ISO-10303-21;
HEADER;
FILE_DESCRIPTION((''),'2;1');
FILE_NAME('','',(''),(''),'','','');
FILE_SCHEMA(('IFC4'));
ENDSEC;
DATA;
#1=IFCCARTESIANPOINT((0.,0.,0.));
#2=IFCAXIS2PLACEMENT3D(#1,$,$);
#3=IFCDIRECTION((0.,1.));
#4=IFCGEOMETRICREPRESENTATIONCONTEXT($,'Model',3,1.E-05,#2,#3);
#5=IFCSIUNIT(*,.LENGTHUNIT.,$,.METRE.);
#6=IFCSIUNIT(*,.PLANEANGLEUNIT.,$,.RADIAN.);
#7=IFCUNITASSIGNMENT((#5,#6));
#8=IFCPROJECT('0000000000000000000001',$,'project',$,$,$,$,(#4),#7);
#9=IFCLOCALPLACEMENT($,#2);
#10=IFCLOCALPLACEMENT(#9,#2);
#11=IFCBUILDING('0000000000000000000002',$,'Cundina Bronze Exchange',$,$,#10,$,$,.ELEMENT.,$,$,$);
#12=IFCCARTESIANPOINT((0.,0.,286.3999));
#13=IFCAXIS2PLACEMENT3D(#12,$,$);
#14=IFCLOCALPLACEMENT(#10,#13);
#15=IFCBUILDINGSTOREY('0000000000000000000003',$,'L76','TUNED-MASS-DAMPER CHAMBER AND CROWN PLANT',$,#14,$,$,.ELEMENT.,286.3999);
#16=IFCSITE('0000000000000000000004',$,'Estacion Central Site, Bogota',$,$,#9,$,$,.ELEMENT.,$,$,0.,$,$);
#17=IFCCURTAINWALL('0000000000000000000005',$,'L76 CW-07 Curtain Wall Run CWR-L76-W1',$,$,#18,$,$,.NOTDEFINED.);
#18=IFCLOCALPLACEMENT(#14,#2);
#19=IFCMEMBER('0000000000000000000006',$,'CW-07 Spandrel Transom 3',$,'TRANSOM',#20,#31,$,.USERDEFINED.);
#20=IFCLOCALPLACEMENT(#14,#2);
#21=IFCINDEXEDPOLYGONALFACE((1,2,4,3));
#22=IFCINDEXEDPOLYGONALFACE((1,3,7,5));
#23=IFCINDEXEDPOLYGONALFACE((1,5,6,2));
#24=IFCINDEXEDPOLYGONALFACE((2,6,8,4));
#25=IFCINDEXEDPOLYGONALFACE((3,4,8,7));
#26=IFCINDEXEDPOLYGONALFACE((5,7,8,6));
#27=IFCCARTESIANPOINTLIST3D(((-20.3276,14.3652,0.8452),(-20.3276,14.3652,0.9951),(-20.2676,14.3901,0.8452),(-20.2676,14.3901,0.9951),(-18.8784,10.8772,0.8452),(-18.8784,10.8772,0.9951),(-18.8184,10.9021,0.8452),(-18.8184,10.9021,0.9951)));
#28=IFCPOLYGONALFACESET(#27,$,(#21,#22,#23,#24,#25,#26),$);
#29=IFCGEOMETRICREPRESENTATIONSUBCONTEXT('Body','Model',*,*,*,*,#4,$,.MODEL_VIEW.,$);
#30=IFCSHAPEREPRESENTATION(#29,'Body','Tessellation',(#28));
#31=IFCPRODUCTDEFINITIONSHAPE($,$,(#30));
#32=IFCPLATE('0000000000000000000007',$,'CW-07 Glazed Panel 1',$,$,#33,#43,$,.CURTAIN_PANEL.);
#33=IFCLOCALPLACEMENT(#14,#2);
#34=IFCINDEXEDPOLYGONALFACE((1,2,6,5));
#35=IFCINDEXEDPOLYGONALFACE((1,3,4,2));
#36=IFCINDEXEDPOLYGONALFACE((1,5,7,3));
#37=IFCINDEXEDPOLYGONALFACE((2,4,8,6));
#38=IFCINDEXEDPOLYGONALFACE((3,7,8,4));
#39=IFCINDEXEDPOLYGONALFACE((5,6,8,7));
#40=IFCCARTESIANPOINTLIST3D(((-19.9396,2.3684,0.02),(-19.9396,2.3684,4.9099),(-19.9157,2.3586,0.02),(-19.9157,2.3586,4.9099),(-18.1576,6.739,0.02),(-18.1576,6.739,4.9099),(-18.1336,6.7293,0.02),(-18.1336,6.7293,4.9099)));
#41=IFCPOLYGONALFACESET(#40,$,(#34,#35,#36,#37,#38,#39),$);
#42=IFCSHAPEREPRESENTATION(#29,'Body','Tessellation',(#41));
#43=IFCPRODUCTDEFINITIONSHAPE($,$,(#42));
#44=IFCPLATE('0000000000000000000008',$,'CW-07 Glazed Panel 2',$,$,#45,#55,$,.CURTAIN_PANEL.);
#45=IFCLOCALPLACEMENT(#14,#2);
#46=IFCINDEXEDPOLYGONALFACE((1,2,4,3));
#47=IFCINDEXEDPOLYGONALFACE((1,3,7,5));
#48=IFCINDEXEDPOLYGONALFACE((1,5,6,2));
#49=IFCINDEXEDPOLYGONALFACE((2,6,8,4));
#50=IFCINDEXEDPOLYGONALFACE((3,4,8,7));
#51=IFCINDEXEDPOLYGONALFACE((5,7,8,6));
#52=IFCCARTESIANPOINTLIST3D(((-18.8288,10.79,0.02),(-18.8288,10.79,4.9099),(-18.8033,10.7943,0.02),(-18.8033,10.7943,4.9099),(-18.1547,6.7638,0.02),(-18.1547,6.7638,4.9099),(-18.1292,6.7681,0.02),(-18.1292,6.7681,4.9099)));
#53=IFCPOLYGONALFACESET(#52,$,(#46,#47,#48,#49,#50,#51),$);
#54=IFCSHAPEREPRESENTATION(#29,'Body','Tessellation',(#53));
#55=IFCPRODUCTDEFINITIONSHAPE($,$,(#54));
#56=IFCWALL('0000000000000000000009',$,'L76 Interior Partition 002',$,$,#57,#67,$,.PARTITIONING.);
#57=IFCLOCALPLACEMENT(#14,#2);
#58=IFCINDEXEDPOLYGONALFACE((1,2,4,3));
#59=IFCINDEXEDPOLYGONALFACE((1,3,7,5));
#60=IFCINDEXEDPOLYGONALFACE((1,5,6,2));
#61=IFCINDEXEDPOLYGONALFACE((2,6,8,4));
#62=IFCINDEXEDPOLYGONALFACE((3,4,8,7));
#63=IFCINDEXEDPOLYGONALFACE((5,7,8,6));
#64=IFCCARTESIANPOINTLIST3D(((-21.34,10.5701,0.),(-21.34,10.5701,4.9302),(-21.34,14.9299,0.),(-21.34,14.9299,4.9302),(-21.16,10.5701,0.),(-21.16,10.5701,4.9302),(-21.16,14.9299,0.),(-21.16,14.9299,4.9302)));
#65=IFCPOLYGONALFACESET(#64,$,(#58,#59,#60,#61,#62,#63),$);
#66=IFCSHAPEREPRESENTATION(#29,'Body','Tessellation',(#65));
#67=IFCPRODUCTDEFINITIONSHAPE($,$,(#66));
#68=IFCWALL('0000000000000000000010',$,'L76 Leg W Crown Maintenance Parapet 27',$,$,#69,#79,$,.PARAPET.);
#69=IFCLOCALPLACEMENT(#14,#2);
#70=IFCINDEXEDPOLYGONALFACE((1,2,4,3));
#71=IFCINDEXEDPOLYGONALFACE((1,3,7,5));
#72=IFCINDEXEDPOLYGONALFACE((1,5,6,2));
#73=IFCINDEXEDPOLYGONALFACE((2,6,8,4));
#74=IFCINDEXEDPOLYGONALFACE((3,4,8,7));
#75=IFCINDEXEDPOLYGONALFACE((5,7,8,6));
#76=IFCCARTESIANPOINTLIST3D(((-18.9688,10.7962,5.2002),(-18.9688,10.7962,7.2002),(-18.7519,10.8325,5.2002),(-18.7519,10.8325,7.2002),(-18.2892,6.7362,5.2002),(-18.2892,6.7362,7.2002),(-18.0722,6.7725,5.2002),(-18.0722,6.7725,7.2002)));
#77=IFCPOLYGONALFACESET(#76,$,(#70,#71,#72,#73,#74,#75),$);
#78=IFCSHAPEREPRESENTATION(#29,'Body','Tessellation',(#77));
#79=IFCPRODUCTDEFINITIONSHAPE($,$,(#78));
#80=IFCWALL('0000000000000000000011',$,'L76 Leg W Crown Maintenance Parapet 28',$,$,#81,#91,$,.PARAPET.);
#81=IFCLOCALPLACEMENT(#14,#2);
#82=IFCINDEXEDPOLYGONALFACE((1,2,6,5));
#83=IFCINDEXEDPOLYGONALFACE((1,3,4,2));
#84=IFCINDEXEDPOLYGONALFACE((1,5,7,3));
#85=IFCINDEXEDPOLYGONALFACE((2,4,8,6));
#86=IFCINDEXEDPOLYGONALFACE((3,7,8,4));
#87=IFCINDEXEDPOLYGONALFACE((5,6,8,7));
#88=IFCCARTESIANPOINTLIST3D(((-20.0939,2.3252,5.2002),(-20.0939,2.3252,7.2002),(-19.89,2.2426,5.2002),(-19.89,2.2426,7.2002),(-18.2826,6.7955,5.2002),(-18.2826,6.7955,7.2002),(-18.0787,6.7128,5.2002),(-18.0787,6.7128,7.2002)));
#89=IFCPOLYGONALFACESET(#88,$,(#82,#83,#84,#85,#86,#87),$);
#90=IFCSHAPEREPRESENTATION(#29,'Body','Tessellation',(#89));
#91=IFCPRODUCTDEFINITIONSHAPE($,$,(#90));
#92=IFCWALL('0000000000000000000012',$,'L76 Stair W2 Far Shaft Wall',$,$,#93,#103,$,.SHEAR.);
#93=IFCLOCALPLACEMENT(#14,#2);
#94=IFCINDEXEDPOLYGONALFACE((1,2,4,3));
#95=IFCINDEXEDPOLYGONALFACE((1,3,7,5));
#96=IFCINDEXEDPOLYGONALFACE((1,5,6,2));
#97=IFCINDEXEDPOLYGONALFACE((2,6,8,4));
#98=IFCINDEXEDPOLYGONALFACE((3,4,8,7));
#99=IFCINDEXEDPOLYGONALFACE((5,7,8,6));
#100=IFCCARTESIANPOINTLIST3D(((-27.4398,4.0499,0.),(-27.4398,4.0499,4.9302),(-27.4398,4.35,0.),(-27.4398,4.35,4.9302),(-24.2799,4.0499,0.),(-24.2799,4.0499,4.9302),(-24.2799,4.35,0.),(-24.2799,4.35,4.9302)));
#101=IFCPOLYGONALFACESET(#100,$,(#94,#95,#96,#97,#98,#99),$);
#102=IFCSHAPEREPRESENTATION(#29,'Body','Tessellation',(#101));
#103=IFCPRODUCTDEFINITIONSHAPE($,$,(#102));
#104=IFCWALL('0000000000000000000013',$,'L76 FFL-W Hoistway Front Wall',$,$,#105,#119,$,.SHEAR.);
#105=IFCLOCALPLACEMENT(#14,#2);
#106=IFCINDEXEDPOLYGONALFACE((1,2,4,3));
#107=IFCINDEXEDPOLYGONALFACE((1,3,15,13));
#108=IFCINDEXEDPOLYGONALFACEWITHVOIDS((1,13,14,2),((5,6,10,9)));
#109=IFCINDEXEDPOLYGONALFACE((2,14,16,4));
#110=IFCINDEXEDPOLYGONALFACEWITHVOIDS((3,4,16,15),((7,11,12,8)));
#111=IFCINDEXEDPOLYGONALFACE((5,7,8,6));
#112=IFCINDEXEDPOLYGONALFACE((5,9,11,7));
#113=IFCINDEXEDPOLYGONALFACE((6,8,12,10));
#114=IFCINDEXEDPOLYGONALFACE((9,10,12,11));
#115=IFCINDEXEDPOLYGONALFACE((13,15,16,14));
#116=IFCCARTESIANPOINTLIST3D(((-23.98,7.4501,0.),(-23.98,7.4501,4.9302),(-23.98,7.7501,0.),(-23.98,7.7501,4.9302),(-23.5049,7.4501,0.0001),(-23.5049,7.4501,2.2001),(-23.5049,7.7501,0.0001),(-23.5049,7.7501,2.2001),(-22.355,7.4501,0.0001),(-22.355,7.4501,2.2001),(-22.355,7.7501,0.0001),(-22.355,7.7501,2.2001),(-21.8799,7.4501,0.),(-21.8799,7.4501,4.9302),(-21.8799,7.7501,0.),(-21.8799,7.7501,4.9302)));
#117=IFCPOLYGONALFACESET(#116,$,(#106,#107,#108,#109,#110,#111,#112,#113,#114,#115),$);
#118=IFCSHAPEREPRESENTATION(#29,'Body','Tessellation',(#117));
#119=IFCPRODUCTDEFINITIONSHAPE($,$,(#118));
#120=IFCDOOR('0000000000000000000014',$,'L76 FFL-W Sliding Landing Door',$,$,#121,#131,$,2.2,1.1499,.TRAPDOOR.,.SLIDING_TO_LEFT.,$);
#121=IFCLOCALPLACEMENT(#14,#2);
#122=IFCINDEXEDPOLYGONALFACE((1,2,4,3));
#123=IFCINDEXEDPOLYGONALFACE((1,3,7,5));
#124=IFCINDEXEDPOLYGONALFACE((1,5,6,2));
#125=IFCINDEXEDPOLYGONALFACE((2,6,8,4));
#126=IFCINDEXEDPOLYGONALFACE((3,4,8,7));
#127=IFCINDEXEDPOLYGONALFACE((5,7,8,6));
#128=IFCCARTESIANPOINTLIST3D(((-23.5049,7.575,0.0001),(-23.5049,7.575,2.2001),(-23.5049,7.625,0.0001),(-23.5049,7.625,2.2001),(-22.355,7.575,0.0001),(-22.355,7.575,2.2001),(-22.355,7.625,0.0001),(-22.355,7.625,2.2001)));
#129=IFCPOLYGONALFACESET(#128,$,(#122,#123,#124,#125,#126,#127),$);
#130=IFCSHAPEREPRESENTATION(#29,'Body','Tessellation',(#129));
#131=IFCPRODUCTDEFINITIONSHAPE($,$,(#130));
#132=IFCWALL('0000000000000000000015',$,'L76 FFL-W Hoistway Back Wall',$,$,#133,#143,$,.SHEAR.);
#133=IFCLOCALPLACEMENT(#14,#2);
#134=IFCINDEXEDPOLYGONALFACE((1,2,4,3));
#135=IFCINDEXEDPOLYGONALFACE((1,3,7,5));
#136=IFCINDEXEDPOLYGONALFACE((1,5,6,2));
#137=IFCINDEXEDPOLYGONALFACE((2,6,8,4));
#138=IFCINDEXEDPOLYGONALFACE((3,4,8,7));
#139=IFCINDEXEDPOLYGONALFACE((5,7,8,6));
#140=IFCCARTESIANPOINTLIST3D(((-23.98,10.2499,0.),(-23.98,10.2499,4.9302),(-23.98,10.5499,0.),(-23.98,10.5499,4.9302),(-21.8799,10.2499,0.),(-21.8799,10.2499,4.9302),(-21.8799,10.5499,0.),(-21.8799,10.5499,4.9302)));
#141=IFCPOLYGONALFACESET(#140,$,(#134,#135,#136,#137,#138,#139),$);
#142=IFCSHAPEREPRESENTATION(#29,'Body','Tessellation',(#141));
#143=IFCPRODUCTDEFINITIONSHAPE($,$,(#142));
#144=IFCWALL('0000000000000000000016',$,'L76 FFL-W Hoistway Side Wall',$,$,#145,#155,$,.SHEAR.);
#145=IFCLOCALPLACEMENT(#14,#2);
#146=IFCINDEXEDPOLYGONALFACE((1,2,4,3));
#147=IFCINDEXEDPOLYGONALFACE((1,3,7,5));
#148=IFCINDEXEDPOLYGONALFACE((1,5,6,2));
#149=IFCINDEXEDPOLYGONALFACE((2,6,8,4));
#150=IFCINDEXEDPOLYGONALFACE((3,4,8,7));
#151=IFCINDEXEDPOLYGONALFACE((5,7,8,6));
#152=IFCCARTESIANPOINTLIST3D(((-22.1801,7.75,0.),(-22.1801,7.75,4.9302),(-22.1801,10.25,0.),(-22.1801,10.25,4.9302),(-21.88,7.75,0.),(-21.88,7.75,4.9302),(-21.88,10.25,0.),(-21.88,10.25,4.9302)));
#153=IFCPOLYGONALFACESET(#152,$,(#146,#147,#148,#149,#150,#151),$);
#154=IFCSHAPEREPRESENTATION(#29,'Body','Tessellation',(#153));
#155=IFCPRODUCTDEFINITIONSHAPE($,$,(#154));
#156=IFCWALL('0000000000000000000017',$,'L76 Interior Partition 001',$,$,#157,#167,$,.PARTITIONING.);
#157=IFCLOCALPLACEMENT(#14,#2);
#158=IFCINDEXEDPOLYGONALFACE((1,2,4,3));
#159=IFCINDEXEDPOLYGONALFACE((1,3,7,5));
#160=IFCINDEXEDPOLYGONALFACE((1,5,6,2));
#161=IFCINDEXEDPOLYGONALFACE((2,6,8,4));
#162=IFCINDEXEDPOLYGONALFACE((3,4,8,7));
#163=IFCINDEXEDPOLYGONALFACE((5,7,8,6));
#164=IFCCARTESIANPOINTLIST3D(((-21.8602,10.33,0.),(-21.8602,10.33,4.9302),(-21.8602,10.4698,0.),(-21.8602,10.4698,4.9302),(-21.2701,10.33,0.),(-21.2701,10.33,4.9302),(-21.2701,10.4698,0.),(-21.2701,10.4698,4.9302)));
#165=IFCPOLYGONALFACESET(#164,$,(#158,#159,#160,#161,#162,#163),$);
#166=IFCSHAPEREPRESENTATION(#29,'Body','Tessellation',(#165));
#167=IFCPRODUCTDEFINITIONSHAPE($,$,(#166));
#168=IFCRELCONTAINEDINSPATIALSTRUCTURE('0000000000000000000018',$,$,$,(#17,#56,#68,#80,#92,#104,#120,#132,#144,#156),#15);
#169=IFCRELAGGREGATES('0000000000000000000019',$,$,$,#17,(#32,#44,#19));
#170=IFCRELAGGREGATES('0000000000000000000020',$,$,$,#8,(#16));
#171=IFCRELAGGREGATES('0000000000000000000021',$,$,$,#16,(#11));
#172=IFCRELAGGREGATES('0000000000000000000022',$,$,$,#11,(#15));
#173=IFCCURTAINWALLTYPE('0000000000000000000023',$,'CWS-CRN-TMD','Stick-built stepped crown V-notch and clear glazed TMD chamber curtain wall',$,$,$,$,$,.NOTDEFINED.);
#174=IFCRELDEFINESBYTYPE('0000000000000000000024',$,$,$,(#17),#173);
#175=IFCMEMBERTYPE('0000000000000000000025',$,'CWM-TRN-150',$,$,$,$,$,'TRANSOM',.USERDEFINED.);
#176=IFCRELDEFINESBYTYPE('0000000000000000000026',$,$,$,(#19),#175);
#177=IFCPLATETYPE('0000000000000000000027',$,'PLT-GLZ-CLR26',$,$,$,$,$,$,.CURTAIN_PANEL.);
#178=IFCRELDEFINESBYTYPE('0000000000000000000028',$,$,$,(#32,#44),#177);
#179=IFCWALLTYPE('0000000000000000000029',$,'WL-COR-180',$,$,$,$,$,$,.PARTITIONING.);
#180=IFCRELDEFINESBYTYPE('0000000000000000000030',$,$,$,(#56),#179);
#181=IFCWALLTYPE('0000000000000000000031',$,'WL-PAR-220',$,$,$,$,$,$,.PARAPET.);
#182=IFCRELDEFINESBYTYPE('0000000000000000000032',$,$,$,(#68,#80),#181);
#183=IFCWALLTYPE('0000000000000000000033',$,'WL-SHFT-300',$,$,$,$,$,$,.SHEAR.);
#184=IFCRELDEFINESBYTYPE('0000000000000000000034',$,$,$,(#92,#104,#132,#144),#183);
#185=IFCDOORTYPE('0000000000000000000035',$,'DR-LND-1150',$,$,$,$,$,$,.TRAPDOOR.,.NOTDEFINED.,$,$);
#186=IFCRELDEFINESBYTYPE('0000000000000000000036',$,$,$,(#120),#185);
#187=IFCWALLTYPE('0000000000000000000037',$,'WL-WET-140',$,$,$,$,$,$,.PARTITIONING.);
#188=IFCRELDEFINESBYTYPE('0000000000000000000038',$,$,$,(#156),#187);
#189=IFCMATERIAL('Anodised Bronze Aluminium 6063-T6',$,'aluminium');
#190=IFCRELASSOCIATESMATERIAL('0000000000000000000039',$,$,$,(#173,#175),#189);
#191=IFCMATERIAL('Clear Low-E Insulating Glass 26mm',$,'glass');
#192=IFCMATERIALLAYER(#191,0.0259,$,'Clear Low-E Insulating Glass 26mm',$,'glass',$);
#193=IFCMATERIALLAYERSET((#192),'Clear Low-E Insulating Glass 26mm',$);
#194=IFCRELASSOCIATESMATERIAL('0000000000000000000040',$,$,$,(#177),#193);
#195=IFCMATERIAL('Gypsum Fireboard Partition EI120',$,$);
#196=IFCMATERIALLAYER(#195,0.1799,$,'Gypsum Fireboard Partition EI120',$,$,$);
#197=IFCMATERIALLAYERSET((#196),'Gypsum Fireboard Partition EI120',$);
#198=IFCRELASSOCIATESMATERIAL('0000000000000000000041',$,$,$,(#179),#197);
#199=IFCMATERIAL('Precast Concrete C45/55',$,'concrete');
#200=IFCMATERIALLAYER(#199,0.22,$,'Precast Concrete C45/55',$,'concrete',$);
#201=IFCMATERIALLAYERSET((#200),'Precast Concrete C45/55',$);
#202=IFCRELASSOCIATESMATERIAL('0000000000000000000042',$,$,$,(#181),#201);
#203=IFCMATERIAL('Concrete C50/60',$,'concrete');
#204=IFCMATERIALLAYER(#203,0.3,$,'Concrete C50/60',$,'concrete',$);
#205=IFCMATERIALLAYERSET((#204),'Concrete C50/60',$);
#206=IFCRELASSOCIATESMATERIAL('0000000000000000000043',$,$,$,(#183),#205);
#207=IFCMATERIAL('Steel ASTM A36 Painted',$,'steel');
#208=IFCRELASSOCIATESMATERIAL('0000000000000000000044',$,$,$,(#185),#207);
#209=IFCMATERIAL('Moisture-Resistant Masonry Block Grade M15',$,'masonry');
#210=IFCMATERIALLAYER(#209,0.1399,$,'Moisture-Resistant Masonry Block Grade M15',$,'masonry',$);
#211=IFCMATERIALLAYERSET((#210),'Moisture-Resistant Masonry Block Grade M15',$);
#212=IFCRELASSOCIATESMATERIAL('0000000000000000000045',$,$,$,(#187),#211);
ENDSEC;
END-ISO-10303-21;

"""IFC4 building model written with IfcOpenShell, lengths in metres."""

from ifc_helpers import new_model, si_unit, direction, frame, frame_2d, origin, origin_2d, place, context, subcontext, project, spatial, rectangle, extrude, material, layer, layer_set, material_profile, profile_set, type_object, element, fill, aggregate, save


model = new_model("IFC4")

# Units and contexts
model_context = context("Model", 3, precision=1e-05, world=origin(), true_north=direction((0.0, 1.0)))
body_context = subcontext(model_context, "Body", "Model", "MODEL_VIEW")
ifc_project = project(units=[si_unit("LENGTHUNIT", "METRE"), si_unit("PLANEANGLEUNIT", "RADIAN")], contexts=[model_context])

# Site, building, storey
site_placement = place(None, origin())
site = spatial("IfcSite", under=ifc_project, at=site_placement, Name="Estacion Central Site, Bogota", CompositionType="ELEMENT", RefElevation=0.0)
building_placement = place(site_placement, origin())
building = spatial("IfcBuilding", under=site, at=building_placement, Name="Cundina Bronze Exchange", CompositionType="ELEMENT")
storey_placement = place(building_placement, frame((0.0, 0.0, 286.3999)))
storey = spatial("IfcBuildingStorey", under=building, at=storey_placement, Name="L76", Description="TUNED-MASS-DAMPER CHAMBER AND CROWN PLANT", CompositionType="ELEMENT", Elevation=286.3999)

# Curtain wall, member, plates
ifc_material_1 = material(Name="Anodised Bronze Aluminium 6063-T6", Category="aluminium")
curtain_wall_type = type_object("IfcCurtainWallType", Name="CWS-CRN-TMD", Description="Stick-built stepped crown V-notch and clear glazed TMD chamber curtain wall", PredefinedType="NOTDEFINED", material=ifc_material_1)
curtain_wall_placement = place(storey_placement, origin())
curtain_wall = element("IfcCurtainWall", 1, at=curtain_wall_placement, inside=storey, type_object=curtain_wall_type, Name="L76 CW-07 Curtain Wall Run CWR-L76-W1", PredefinedType="NOTDEFINED")
ifc_material_profile_1 = material_profile(ifc_material_1, rectangle(XDim=0.0649, YDim=0.1499, at=origin_2d()), Name="AL65X150", Category="aluminium")
ifc_profile_set_1 = profile_set([ifc_material_profile_1], Name="Anodised Bronze Aluminium 6063-T6")
member_type_1 = type_object("IfcMemberType", Name="CWM-TRN-150", ElementType="TRANSOM", PredefinedType="USERDEFINED", material=ifc_profile_set_1)
member_1_placement = place(storey_placement, frame((-18.8484, 10.8896, 0.9202), z_axis=(-0.383684, 0.923465, 0.0), x_axis=(-0.923465, -0.383684, 0.0)))
member_1 = element("IfcMember", 2, at=member_1_placement, type_object=member_type_1, Name="CW-07 Spandrel Transom 3", ObjectType="TRANSOM", PredefinedType="USERDEFINED", context=body_context, shape_type="SweptSolid", body=[
    extrude(rectangle(XDim=0.0649, YDim=0.1499, at=origin_2d()), origin(), (0.0, 0.0, 1.0), 3.7771),
])
ifc_material_2 = material(Name="Clear Low-E Insulating Glass 26mm", Category="glass")
ifc_layer_1 = layer(ifc_material_2, 0.0259, Name="Clear Low-E Insulating Glass 26mm", Category="glass")
ifc_layer_set_1 = layer_set([ifc_layer_1], Name="Clear Low-E Insulating Glass 26mm")
plate_type = type_object("IfcPlateType", Name="PLT-GLZ-CLR26", PredefinedType="CURTAIN_PANEL", material=ifc_layer_set_1)
plate_1_placement = place(storey_placement, frame((-19.0366, 4.5488, 0.02), z_axis=(0.0, 0.0, 1.0), x_axis=(0.37755, 0.925989, 0.0)))
plate_1 = element("IfcPlate", 3, at=plate_1_placement, type_object=plate_type, Name="CW-07 Glazed Panel 1", PredefinedType="CURTAIN_PANEL", context=body_context, shape_type="SweptSolid", body=[
    extrude(rectangle(XDim=4.72, YDim=0.0259, at=origin_2d()), origin(), (0.0, 0.0, 1.0), 4.8899),
])
plate_2_placement = place(storey_placement, frame((-18.479, 8.7791, 0.02), z_axis=(0.0, 0.0, 1.0), x_axis=(-0.165134, 0.986271, 0.0)))
plate_2 = element("IfcPlate", 4, at=plate_2_placement, type_object=plate_type, Name="CW-07 Glazed Panel 2", PredefinedType="CURTAIN_PANEL", context=body_context, shape_type="SweptSolid", body=[
    extrude(rectangle(XDim=4.0823, YDim=0.0259, at=origin_2d()), origin(), (0.0, 0.0, 1.0), 4.8899),
])
aggregate(curtain_wall, [plate_1, plate_2, member_1])

# Walls
ifc_material_3 = material(Name="Gypsum Fireboard Partition EI120")
ifc_layer_2 = layer(ifc_material_3, 0.1799, Name="Gypsum Fireboard Partition EI120")
ifc_layer_set_2 = layer_set([ifc_layer_2], Name="Gypsum Fireboard Partition EI120")
wall_type_1 = type_object("IfcWallType", Name="WL-COR-180", PredefinedType="PARTITIONING", material=ifc_layer_set_2)
wall_1_placement = place(storey_placement, frame((-21.25, 10.5701, 0.0), z_axis=(0.0, 0.0, 1.0), x_axis=(0.0, 1.0, 0.0)))
element("IfcWall", 5, at=wall_1_placement, inside=storey, type_object=wall_type_1, Name="L76 Interior Partition 002", PredefinedType="PARTITIONING", context=body_context, shape_type="SweptSolid", body=[
    extrude(rectangle(XDim=4.3599, YDim=0.1799, at=frame_2d((2.1799, 0.0))), origin(), (0.0, 0.0, 1.0), 4.9302),
])
ifc_material_4 = material(Name="Precast Concrete C45/55", Category="concrete")
ifc_layer_3 = layer(ifc_material_4, 0.22, Name="Precast Concrete C45/55", Category="concrete")
ifc_layer_set_3 = layer_set([ifc_layer_3], Name="Precast Concrete C45/55")
wall_type_2 = type_object("IfcWallType", Name="WL-PAR-220", PredefinedType="PARAPET", material=ifc_layer_set_3)
wall_2_placement = place(storey_placement, frame((-18.8604, 10.8142, 5.2002), z_axis=(0.0, 0.0, 1.0), x_axis=(0.165111, -0.986275, 0.0)))
element("IfcWall", 6, at=wall_2_placement, inside=storey, type_object=wall_type_2, Name="L76 Leg W Crown Maintenance Parapet 27", PredefinedType="PARAPET", context=body_context, shape_type="SweptSolid", body=[
    extrude(rectangle(XDim=4.1165, YDim=0.22, at=frame_2d((2.0581, 0.0))), origin(), (0.0, 0.0, 1.0), 2.0),
])
wall_3_placement = place(storey_placement, frame((-18.1807, 6.7542, 5.2002), z_axis=(0.0, 0.0, 1.0), x_axis=(-0.375532, -0.926809, 0.0)))
element("IfcWall", 7, at=wall_3_placement, inside=storey, type_object=wall_type_2, Name="L76 Leg W Crown Maintenance Parapet 28", PredefinedType="PARAPET", context=body_context, shape_type="SweptSolid", body=[
    extrude(rectangle(XDim=4.8232, YDim=0.22, at=frame_2d((2.4116, 0.0))), origin(), (0.0, 0.0, 1.0), 2.0),
])

# Shared definitions
ifc_material_5 = material(Name="Concrete C50/60", Category="concrete")
ifc_layer_4 = layer(ifc_material_5, 0.3, Name="Concrete C50/60", Category="concrete")
ifc_layer_set_4 = layer_set([ifc_layer_4], Name="Concrete C50/60")
wall_type_3 = type_object("IfcWallType", Name="WL-SHFT-300", PredefinedType="SHEAR", material=ifc_layer_set_4)
ifc_material_6 = material(Name="Steel ASTM A36 Painted", Category="steel")

# Wall
wall_4_placement = place(storey_placement, frame((-27.4399, 4.2, 0.0), z_axis=(0.0, 0.0, 1.0), x_axis=(1.0, 0.0, 0.0)))
element("IfcWall", 8, at=wall_4_placement, inside=storey, type_object=wall_type_3, Name="L76 Stair W2 Far Shaft Wall", PredefinedType="SHEAR", context=body_context, shape_type="SweptSolid", body=[
    extrude(rectangle(XDim=3.1599, YDim=0.3, at=frame_2d((1.5801, 0.0))), origin(), (0.0, 0.0, 1.0), 4.9302),
])

# Wall, opening, door
wall_5_placement = place(storey_placement, frame((-23.98, 7.6001, 0.0), z_axis=(0.0, 0.0, 1.0), x_axis=(1.0, 0.0, 0.0)))
wall_5 = element("IfcWall", 9, at=wall_5_placement, inside=storey, type_object=wall_type_3, Name="L76 FFL-W Hoistway Front Wall", PredefinedType="SHEAR", context=body_context, shape_type="SweptSolid", body=[
    extrude(rectangle(XDim=2.1001, YDim=0.3, at=frame_2d((1.05, 0.0))), origin(), (0.0, 0.0, 1.0), 4.9302),
])
opening_1_placement = place(wall_5_placement, frame((0.4751, 0.0, 0.0)))
opening_1 = element("IfcOpeningElement", 10, at=opening_1_placement, cuts=wall_5, PredefinedType="OPENING", context=body_context, shape_type="SweptSolid", body=[
    extrude(rectangle(XDim=1.1499, YDim=2.2, at=frame_2d((0.575, 1.1001))), frame((0.0, 0.1599, 0.0), z_axis=(0.0, -1.0, 0.0), x_axis=(1.0, 0.0, 0.0)), (0.0, 0.0, 1.0), 0.3201),
])
door_type_1 = type_object("IfcDoorType", Name="DR-LND-1150", OperationType="NOTDEFINED", PredefinedType="TRAPDOOR", material=ifc_material_6)
door_1_placement = place(opening_1_placement, origin())
door_1 = element("IfcDoor", 11, at=door_1_placement, inside=storey, type_object=door_type_1, Name="L76 FFL-W Sliding Landing Door", OperationType="SLIDING_TO_LEFT", OverallHeight=2.2, OverallWidth=1.1499, PredefinedType="TRAPDOOR", context=body_context, shape_type="SweptSolid", body=[
    extrude(rectangle(XDim=1.1499, YDim=2.2, at=frame_2d((0.575, 1.1001))), frame((0.0, 0.0249, 0.0), z_axis=(0.0, -1.0, 0.0), x_axis=(1.0, 0.0, 0.0)), (0.0, 0.0, 1.0), 0.05),
])
fill(opening_1, door_1)

# Walls
wall_6_placement = place(storey_placement, frame((-23.98, 10.3999, 0.0), z_axis=(0.0, 0.0, 1.0), x_axis=(1.0, 0.0, 0.0)))
element("IfcWall", 12, at=wall_6_placement, inside=storey, type_object=wall_type_3, Name="L76 FFL-W Hoistway Back Wall", PredefinedType="SHEAR", context=body_context, shape_type="SweptSolid", body=[
    extrude(rectangle(XDim=2.1001, YDim=0.3, at=frame_2d((1.05, 0.0))), origin(), (0.0, 0.0, 1.0), 4.9302),
])
wall_7_placement = place(storey_placement, frame((-22.03, 7.75, 0.0), z_axis=(0.0, 0.0, 1.0), x_axis=(0.0, 1.0, 0.0)))
element("IfcWall", 13, at=wall_7_placement, inside=storey, type_object=wall_type_3, Name="L76 FFL-W Hoistway Side Wall", PredefinedType="SHEAR", context=body_context, shape_type="SweptSolid", body=[
    extrude(rectangle(XDim=2.5, YDim=0.3, at=frame_2d((1.25, 0.0))), origin(), (0.0, 0.0, 1.0), 4.9302),
])
ifc_material_7 = material(Name="Moisture-Resistant Masonry Block Grade M15", Category="masonry")
ifc_layer_5 = layer(ifc_material_7, 0.1399, Name="Moisture-Resistant Masonry Block Grade M15", Category="masonry")
ifc_layer_set_5 = layer_set([ifc_layer_5], Name="Moisture-Resistant Masonry Block Grade M15")
wall_type_4 = type_object("IfcWallType", Name="WL-WET-140", PredefinedType="PARTITIONING", material=ifc_layer_set_5)
wall_8_placement = place(storey_placement, frame((-21.8601, 10.3999, 0.0), z_axis=(0.0, 0.0, 1.0), x_axis=(1.0, 0.0, 0.0)))
element("IfcWall", 14, at=wall_8_placement, inside=storey, type_object=wall_type_4, Name="L76 Interior Partition 001", PredefinedType="PARTITIONING", context=body_context, shape_type="SweptSolid", body=[
    extrude(rectangle(XDim=0.5901, YDim=0.1399, at=frame_2d((0.2949, 0.0))), origin(), (0.0, 0.0, 1.0), 4.9302),
])

save(model, "model.ifc")
